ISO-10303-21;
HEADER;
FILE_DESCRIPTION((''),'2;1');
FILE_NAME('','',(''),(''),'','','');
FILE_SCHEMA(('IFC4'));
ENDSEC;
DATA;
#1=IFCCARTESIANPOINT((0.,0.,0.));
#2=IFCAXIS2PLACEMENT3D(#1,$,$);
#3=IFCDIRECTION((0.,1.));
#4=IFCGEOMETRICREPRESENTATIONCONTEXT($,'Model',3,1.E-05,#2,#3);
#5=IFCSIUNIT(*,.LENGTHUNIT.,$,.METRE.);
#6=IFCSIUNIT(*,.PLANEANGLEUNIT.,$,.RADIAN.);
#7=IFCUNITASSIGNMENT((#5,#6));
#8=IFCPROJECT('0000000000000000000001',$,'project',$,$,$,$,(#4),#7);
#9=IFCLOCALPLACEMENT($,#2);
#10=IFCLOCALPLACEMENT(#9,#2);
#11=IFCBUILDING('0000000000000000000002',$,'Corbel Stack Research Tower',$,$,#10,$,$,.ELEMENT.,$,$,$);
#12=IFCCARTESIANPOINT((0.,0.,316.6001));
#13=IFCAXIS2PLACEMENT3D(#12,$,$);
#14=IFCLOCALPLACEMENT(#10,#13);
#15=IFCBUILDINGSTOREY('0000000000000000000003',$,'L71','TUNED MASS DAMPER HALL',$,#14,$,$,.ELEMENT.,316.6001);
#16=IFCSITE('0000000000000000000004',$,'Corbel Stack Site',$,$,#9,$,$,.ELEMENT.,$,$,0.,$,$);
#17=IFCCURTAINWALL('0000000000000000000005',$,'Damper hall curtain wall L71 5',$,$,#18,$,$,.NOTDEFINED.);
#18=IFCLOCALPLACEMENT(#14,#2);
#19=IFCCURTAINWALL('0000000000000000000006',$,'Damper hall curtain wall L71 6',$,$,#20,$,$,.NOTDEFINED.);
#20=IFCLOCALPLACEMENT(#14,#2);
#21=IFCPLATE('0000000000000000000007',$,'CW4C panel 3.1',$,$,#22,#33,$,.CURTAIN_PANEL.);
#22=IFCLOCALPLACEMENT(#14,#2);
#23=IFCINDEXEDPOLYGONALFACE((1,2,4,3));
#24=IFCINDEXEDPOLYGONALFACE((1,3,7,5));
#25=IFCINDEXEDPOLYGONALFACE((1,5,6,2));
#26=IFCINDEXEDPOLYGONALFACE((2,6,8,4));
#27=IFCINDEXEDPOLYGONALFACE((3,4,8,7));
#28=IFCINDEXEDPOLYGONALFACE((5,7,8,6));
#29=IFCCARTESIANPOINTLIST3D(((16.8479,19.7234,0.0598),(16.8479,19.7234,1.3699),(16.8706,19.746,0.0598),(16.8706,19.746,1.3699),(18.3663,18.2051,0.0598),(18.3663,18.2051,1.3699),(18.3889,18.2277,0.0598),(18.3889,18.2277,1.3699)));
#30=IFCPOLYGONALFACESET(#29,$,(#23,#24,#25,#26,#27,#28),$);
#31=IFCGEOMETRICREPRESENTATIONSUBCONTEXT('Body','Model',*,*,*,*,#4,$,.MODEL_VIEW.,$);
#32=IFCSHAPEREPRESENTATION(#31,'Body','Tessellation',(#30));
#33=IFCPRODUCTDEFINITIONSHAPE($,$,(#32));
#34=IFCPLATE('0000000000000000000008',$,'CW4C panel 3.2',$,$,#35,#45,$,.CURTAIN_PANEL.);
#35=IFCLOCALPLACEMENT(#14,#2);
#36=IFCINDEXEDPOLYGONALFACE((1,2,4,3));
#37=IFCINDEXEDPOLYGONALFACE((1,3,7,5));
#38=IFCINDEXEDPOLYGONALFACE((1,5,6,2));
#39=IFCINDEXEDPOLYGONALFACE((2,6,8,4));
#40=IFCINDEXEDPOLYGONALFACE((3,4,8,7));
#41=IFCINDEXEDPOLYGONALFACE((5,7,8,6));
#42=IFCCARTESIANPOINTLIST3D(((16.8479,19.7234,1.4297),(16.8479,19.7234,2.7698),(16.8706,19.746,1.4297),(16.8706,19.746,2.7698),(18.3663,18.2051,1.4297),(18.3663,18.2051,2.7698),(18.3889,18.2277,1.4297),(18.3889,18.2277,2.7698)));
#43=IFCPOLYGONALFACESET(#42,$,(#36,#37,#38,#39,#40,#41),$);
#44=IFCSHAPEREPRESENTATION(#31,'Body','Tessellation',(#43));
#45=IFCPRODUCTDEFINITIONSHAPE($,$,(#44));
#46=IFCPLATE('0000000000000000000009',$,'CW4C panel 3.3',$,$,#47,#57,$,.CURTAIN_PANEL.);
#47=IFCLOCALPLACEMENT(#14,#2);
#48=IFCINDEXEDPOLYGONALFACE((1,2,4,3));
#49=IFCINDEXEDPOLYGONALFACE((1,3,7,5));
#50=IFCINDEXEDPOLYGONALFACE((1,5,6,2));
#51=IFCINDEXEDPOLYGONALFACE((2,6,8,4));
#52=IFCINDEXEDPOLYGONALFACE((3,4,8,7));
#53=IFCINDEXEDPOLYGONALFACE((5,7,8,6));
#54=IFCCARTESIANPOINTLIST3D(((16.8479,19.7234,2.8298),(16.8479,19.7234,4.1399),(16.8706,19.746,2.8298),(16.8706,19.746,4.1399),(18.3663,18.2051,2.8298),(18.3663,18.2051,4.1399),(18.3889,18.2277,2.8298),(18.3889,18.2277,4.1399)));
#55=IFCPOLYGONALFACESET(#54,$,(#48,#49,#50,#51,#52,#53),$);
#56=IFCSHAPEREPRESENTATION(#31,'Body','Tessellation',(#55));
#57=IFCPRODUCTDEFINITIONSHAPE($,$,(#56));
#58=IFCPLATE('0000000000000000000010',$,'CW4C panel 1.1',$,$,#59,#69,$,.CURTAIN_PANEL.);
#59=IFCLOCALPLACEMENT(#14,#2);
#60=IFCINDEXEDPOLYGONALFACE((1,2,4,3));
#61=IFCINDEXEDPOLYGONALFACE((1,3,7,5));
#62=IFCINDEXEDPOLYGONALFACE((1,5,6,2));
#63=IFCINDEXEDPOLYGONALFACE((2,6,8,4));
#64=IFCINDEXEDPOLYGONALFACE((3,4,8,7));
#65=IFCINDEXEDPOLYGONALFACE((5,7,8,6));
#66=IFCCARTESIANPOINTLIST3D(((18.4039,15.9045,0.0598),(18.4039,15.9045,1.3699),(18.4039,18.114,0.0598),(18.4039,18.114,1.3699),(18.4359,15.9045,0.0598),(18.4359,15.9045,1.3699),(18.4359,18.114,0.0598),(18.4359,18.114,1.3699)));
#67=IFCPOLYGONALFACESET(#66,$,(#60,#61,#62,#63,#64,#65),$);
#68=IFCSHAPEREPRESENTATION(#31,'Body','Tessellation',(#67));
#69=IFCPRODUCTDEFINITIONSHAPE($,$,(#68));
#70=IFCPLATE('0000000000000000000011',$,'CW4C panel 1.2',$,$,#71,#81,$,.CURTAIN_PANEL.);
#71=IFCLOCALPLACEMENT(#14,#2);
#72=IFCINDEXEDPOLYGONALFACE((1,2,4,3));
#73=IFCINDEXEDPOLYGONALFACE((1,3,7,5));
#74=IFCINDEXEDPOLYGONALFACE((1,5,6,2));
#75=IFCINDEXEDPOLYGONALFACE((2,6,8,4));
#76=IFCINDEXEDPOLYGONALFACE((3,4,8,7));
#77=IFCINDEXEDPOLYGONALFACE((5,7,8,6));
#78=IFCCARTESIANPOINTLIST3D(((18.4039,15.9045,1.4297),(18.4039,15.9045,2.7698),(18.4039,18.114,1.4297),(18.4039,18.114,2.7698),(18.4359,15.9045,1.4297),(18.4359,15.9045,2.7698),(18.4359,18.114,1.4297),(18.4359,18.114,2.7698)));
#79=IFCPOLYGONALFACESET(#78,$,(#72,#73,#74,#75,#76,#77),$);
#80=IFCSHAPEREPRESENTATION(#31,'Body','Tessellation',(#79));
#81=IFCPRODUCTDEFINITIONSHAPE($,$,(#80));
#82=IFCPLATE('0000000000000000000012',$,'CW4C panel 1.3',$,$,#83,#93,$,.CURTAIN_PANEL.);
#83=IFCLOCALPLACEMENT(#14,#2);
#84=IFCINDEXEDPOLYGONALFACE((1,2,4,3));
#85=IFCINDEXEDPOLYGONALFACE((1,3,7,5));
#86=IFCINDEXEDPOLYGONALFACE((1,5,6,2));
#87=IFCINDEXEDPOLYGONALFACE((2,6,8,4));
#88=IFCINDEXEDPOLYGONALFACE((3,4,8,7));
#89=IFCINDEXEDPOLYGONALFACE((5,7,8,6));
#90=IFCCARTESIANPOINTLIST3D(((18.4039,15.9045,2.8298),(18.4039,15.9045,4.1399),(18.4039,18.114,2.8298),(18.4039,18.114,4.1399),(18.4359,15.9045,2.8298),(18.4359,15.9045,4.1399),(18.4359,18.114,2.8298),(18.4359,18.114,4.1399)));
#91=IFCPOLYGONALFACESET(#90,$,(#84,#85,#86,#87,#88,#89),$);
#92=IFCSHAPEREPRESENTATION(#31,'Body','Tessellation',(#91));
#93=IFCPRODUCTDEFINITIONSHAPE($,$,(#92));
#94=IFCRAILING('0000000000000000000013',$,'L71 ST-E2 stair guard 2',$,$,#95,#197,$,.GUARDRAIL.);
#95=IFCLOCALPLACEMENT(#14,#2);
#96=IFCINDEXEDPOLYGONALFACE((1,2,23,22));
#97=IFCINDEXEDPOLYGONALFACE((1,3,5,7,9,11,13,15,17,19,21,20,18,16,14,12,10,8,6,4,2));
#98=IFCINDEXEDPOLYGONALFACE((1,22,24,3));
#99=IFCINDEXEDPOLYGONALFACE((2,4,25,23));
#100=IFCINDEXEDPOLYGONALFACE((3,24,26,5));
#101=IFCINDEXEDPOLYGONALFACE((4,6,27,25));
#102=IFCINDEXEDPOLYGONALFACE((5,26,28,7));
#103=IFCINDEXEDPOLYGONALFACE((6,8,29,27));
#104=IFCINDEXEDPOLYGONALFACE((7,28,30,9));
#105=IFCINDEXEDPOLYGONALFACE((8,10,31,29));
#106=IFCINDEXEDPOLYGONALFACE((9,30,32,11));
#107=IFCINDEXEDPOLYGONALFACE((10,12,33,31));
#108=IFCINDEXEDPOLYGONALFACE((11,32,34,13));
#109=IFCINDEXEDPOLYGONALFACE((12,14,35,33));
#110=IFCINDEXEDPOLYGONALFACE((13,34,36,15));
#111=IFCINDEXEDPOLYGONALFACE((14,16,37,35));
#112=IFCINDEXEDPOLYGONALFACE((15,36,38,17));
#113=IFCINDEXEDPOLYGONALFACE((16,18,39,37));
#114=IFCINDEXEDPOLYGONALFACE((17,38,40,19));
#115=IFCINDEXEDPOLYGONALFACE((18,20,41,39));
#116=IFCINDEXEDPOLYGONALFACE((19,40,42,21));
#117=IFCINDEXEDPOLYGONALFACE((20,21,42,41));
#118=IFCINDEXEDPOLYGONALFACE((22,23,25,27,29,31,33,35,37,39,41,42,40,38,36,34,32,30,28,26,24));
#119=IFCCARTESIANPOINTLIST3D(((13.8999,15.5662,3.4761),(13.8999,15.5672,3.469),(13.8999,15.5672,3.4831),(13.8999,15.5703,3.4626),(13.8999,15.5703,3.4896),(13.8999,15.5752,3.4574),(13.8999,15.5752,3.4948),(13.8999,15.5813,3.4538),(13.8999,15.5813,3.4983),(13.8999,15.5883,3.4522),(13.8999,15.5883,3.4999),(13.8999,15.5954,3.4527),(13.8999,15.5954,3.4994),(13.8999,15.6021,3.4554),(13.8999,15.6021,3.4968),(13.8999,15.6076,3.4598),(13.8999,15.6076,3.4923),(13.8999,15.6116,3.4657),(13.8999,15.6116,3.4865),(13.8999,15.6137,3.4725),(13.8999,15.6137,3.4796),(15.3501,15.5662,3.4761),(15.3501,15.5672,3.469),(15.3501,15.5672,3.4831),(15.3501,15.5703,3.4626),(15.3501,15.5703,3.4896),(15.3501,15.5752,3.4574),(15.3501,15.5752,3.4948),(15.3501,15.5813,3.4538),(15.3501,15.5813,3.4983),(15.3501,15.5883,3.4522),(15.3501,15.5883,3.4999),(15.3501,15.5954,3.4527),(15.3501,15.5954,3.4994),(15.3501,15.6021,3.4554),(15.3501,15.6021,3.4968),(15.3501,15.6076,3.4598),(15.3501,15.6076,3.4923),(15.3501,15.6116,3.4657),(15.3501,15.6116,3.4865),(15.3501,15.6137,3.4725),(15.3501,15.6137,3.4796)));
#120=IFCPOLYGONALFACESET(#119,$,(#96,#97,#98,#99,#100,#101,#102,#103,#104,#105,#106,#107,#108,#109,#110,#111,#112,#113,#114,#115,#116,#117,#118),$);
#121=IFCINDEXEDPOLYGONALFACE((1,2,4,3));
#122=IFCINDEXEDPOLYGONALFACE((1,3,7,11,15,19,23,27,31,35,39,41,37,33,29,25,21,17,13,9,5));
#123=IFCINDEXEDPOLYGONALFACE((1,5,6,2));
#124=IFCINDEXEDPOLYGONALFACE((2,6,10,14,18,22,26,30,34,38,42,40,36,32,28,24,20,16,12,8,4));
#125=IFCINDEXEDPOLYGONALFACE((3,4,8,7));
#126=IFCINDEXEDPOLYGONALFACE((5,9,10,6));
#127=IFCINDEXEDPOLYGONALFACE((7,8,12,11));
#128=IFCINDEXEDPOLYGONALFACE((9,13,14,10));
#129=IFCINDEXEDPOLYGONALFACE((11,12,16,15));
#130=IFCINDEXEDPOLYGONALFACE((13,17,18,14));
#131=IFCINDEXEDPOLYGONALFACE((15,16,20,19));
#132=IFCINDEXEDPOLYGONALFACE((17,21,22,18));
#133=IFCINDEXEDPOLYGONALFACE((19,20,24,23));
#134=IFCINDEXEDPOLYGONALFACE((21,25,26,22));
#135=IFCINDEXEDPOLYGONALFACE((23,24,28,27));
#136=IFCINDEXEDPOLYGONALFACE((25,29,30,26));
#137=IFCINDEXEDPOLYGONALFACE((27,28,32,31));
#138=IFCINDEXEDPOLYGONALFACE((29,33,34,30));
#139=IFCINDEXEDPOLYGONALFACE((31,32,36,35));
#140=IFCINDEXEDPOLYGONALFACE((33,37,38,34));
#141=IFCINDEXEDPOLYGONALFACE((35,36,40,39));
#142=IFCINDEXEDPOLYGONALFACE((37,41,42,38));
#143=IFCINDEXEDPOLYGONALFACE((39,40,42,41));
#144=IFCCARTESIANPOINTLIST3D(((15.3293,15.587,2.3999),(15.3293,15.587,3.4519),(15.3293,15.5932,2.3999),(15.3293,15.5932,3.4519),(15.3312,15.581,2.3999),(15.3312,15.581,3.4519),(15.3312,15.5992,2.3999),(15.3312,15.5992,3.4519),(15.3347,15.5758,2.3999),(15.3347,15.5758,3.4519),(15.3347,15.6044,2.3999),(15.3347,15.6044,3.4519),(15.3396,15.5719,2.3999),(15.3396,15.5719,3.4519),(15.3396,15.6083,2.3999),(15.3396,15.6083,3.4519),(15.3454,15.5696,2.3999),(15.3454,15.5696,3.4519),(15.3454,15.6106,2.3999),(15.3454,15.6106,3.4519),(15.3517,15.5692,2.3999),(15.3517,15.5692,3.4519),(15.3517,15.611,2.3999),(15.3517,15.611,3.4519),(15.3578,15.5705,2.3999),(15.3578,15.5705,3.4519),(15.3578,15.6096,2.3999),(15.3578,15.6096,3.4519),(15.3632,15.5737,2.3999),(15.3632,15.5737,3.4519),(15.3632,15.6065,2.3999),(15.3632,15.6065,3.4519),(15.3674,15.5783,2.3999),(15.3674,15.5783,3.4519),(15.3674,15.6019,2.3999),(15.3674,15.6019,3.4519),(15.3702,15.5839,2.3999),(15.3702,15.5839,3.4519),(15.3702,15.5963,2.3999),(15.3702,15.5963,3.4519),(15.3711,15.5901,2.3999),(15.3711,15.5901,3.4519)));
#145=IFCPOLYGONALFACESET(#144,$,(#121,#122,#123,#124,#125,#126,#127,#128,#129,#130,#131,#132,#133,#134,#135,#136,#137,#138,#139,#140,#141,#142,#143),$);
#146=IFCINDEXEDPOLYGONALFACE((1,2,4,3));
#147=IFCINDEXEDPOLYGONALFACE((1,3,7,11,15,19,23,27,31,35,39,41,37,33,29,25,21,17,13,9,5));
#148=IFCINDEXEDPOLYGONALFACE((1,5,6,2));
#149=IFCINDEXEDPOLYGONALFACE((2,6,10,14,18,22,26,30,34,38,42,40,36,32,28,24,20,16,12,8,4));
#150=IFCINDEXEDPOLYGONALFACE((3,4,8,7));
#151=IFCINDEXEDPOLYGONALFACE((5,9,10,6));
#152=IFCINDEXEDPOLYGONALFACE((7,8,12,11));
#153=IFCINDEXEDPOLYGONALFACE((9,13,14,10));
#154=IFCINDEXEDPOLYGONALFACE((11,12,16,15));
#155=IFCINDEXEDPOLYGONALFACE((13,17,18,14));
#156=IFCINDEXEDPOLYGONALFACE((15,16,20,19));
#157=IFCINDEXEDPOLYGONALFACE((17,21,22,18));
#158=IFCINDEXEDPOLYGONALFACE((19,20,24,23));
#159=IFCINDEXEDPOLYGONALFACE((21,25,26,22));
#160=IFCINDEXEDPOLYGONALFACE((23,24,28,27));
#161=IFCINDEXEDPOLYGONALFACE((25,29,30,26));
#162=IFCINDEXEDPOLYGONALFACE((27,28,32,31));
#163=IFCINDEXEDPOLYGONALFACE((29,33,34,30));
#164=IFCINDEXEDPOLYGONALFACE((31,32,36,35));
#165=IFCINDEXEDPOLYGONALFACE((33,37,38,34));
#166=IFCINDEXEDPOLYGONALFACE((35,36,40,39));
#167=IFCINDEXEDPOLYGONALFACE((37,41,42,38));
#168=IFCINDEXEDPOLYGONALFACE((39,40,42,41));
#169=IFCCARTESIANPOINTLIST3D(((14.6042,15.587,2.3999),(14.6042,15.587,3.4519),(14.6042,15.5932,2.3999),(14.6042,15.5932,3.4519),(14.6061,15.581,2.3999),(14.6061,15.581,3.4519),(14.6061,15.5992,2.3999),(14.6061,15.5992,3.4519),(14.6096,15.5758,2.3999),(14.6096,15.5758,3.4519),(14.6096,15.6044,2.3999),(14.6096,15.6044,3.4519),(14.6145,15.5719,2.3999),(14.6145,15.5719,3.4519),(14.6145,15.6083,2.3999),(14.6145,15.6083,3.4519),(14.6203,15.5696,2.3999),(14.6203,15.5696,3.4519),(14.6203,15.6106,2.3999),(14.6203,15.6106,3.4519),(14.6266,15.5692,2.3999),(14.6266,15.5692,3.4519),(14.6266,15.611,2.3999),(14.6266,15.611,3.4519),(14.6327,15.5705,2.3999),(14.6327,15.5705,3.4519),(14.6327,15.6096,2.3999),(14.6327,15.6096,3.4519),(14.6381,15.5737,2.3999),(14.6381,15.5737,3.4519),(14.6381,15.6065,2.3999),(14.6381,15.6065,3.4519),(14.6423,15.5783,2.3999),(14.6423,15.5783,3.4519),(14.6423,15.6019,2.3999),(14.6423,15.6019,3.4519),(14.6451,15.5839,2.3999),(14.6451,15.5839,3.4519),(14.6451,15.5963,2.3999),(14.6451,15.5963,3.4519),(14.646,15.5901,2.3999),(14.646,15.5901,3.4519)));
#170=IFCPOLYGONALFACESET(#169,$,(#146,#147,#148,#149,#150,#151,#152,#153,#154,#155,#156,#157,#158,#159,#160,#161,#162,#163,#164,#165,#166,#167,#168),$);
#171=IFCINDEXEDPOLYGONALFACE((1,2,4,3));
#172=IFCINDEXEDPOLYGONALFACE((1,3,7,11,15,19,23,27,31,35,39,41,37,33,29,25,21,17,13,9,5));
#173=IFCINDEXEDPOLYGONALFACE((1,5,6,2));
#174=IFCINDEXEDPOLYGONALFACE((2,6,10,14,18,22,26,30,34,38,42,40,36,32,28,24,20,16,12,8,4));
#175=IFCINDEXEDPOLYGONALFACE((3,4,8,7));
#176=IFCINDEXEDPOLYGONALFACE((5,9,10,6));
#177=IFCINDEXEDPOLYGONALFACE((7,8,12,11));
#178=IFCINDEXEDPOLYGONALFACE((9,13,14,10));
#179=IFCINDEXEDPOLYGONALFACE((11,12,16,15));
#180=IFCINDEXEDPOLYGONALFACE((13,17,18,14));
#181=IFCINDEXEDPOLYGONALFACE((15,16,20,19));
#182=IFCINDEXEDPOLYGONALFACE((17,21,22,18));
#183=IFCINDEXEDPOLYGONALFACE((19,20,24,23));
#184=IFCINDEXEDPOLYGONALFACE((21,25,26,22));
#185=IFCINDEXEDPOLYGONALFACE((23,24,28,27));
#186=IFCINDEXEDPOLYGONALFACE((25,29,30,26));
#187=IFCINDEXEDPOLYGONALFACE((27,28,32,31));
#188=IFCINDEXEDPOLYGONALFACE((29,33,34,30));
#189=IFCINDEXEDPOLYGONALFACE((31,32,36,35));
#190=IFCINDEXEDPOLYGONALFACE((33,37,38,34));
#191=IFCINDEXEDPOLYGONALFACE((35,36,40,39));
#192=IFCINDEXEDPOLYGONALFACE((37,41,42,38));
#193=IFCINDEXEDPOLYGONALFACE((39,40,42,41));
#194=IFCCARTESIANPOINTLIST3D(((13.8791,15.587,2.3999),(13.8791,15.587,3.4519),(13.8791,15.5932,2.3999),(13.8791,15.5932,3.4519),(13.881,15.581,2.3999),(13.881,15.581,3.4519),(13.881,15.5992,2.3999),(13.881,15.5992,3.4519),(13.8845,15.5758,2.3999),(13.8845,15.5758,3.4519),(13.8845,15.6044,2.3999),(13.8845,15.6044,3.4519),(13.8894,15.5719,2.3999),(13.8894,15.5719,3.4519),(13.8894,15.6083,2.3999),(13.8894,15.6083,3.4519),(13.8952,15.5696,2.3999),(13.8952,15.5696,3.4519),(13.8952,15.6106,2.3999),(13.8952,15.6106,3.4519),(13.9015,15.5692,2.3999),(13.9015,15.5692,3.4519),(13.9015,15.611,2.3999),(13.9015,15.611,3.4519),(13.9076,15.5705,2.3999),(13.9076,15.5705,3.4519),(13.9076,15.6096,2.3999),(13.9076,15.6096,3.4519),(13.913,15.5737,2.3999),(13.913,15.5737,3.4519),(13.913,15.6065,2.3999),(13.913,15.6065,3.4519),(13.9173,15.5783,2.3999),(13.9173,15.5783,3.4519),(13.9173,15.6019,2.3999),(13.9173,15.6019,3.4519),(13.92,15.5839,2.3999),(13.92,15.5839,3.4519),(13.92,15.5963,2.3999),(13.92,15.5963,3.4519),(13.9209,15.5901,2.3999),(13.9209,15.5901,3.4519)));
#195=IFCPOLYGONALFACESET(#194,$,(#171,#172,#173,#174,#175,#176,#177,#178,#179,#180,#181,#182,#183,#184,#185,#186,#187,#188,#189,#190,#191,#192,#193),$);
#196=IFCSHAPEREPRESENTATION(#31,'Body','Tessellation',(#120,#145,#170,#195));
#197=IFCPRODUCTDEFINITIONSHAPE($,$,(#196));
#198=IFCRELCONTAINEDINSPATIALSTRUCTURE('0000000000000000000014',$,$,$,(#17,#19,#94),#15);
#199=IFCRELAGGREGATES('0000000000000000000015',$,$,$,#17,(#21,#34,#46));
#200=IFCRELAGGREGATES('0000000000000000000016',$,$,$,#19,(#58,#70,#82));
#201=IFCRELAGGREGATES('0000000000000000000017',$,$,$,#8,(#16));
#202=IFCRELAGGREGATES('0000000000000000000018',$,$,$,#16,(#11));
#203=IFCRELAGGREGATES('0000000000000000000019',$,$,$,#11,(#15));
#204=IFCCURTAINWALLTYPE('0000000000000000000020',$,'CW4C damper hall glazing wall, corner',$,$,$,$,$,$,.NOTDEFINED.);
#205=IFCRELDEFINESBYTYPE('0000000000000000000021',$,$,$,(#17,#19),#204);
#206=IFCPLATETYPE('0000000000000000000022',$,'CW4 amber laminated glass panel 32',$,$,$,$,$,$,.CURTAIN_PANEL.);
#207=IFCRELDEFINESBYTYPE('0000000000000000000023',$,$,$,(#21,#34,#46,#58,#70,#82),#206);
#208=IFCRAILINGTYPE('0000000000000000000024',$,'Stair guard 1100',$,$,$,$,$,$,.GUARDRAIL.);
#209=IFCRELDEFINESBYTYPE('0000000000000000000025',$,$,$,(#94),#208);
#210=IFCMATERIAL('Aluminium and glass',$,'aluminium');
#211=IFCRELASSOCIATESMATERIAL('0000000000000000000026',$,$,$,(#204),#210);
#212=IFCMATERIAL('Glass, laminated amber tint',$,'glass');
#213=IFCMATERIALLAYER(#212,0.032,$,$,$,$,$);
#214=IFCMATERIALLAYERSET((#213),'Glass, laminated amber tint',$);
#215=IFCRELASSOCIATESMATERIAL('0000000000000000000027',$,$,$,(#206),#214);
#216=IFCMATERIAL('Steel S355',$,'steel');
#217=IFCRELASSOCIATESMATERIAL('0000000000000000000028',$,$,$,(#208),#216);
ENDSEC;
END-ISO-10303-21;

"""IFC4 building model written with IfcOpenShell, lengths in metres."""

from ifc_helpers import new_model, si_unit, direction, frame, origin, origin_2d, place, context, subcontext, project, spatial, rectangle, circle, extrude, material, layer, layer_set, type_object, element, aggregate, save


model = new_model("IFC4")

# Units and contexts
model_context = context("Model", 3, precision=1e-05, world=origin(), true_north=direction((0.0, 1.0)))
body_context = subcontext(model_context, "Body", "Model", "MODEL_VIEW")
ifc_project = project(units=[si_unit("LENGTHUNIT", "METRE"), si_unit("PLANEANGLEUNIT", "RADIAN")], contexts=[model_context])

# Site, building, storey
site_placement = place(None, origin())
site = spatial("IfcSite", under=ifc_project, at=site_placement, Name="Corbel Stack Site", CompositionType="ELEMENT", RefElevation=0.0)
building_placement = place(site_placement, origin())
building = spatial("IfcBuilding", under=site, at=building_placement, Name="Corbel Stack Research Tower", CompositionType="ELEMENT")
storey_placement = place(building_placement, frame((0.0, 0.0, 316.6001)))
storey = spatial("IfcBuildingStorey", under=building, at=storey_placement, Name="L71", Description="TUNED MASS DAMPER HALL", CompositionType="ELEMENT", Elevation=316.6001)

# Curtain walls
ifc_material_1 = material(Name="Aluminium and glass", Category="aluminium")
curtain_wall_type = type_object("IfcCurtainWallType", Name="CW4C damper hall glazing wall, corner", PredefinedType="NOTDEFINED", material=ifc_material_1)
curtain_wall_1_placement = place(storey_placement, origin())
curtain_wall_1 = element("IfcCurtainWall", 1, at=curtain_wall_1_placement, inside=storey, type_object=curtain_wall_type, Name="Damper hall curtain wall L71 5", PredefinedType="NOTDEFINED")
curtain_wall_2_placement = place(storey_placement, origin())
curtain_wall_2 = element("IfcCurtainWall", 2, at=curtain_wall_2_placement, inside=storey, type_object=curtain_wall_type, Name="Damper hall curtain wall L71 6", PredefinedType="NOTDEFINED")

# Plates
ifc_material_2 = material(Name="Glass, laminated amber tint", Category="glass")
ifc_layer = layer(ifc_material_2, 0.032)
ifc_layer_set = layer_set([ifc_layer], Name="Glass, laminated amber tint")
plate_type = type_object("IfcPlateType", Name="CW4 amber laminated glass panel 32", PredefinedType="CURTAIN_PANEL", material=ifc_layer_set)
plate_1_placement = place(storey_placement, frame((17.6184, 18.9756, 0.0598), z_axis=(0.0, 0.0, 1.0), x_axis=(0.707107, -0.707107, 0.0)))
plate_1 = element("IfcPlate", 3, at=plate_1_placement, type_object=plate_type, Name="CW4C panel 3.1", PredefinedType="CURTAIN_PANEL", context=body_context, shape_type="SweptSolid", body=[
    extrude(rectangle(XDim=2.1472, YDim=0.032, at=origin_2d()), origin(), (0.0, 0.0, 1.0), 1.3101),
])
plate_2_placement = place(storey_placement, frame((17.6184, 18.9756, 1.4297), z_axis=(0.0, 0.0, 1.0), x_axis=(0.707107, -0.707107, 0.0)))
plate_2 = element("IfcPlate", 4, at=plate_2_placement, type_object=plate_type, Name="CW4C panel 3.2", PredefinedType="CURTAIN_PANEL", context=body_context, shape_type="SweptSolid", body=[
    extrude(rectangle(XDim=2.1472, YDim=0.032, at=origin_2d()), origin(), (0.0, 0.0, 1.0), 1.3401),
])
plate_3_placement = place(storey_placement, frame((17.6184, 18.9756, 2.8298), z_axis=(0.0, 0.0, 1.0), x_axis=(0.707107, -0.707107, 0.0)))
plate_3 = element("IfcPlate", 5, at=plate_3_placement, type_object=plate_type, Name="CW4C panel 3.3", PredefinedType="CURTAIN_PANEL", context=body_context, shape_type="SweptSolid", body=[
    extrude(rectangle(XDim=2.1472, YDim=0.032, at=origin_2d()), origin(), (0.0, 0.0, 1.0), 1.3101),
])
aggregate(curtain_wall_1, [plate_1, plate_2, plate_3])
plate_4_placement = place(storey_placement, frame((18.4199, 17.0093, 0.0598), z_axis=(0.0, 0.0, 1.0), x_axis=(0.0, -1.0, 0.0)))
plate_4 = element("IfcPlate", 6, at=plate_4_placement, type_object=plate_type, Name="CW4C panel 1.1", PredefinedType="CURTAIN_PANEL", context=body_context, shape_type="SweptSolid", body=[
    extrude(rectangle(XDim=2.2095, YDim=0.032, at=origin_2d()), origin(), (0.0, 0.0, 1.0), 1.3101),
])
plate_5_placement = place(storey_placement, frame((18.4199, 17.0093, 1.4297), z_axis=(0.0, 0.0, 1.0), x_axis=(0.0, -1.0, 0.0)))
plate_5 = element("IfcPlate", 7, at=plate_5_placement, type_object=plate_type, Name="CW4C panel 1.2", PredefinedType="CURTAIN_PANEL", context=body_context, shape_type="SweptSolid", body=[
    extrude(rectangle(XDim=2.2095, YDim=0.032, at=origin_2d()), origin(), (0.0, 0.0, 1.0), 1.3401),
])
plate_6_placement = place(storey_placement, frame((18.4199, 17.0093, 2.8298), z_axis=(0.0, 0.0, 1.0), x_axis=(0.0, -1.0, 0.0)))
plate_6 = element("IfcPlate", 8, at=plate_6_placement, type_object=plate_type, Name="CW4C panel 1.3", PredefinedType="CURTAIN_PANEL", context=body_context, shape_type="SweptSolid", body=[
    extrude(rectangle(XDim=2.2095, YDim=0.032, at=origin_2d()), origin(), (0.0, 0.0, 1.0), 1.3101),
])
aggregate(curtain_wall_2, [plate_4, plate_5, plate_6])

# Railing
ifc_material_3 = material(Name="Steel S355", Category="steel")
railing_type = type_object("IfcRailingType", Name="Stair guard 1100", PredefinedType="GUARDRAIL", material=ifc_material_3)
railing_1_placement = place(storey_placement, frame((15.3501, 15.5901, 2.3999)))
element("IfcRailing", 9, at=railing_1_placement, inside=storey, type_object=railing_type, Name="L71 ST-E2 stair guard 2", PredefinedType="GUARDRAIL", context=body_context, shape_type="SweptSolid", body=[
    extrude(circle(Radius=0.0239, at=origin_2d()), frame((0.0, 0.0, 1.0762), z_axis=(-1.0, 0.0, 0.0), x_axis=(0.0, -1.0, 0.0)), (0.0, 0.0, 1.0), 1.4502),
    extrude(circle(Radius=0.021, at=origin_2d()), origin(), (0.0, 0.0, 1.0), 1.052),
    extrude(circle(Radius=0.021, at=origin_2d()), frame((-0.7251, 0.0, 0.0)), (0.0, 0.0, 1.0), 1.052),
    extrude(circle(Radius=0.021, at=origin_2d()), frame((-1.4502, 0.0, 0.0)), (0.0, 0.0, 1.0), 1.052),
])

save(model, "model.ifc")
